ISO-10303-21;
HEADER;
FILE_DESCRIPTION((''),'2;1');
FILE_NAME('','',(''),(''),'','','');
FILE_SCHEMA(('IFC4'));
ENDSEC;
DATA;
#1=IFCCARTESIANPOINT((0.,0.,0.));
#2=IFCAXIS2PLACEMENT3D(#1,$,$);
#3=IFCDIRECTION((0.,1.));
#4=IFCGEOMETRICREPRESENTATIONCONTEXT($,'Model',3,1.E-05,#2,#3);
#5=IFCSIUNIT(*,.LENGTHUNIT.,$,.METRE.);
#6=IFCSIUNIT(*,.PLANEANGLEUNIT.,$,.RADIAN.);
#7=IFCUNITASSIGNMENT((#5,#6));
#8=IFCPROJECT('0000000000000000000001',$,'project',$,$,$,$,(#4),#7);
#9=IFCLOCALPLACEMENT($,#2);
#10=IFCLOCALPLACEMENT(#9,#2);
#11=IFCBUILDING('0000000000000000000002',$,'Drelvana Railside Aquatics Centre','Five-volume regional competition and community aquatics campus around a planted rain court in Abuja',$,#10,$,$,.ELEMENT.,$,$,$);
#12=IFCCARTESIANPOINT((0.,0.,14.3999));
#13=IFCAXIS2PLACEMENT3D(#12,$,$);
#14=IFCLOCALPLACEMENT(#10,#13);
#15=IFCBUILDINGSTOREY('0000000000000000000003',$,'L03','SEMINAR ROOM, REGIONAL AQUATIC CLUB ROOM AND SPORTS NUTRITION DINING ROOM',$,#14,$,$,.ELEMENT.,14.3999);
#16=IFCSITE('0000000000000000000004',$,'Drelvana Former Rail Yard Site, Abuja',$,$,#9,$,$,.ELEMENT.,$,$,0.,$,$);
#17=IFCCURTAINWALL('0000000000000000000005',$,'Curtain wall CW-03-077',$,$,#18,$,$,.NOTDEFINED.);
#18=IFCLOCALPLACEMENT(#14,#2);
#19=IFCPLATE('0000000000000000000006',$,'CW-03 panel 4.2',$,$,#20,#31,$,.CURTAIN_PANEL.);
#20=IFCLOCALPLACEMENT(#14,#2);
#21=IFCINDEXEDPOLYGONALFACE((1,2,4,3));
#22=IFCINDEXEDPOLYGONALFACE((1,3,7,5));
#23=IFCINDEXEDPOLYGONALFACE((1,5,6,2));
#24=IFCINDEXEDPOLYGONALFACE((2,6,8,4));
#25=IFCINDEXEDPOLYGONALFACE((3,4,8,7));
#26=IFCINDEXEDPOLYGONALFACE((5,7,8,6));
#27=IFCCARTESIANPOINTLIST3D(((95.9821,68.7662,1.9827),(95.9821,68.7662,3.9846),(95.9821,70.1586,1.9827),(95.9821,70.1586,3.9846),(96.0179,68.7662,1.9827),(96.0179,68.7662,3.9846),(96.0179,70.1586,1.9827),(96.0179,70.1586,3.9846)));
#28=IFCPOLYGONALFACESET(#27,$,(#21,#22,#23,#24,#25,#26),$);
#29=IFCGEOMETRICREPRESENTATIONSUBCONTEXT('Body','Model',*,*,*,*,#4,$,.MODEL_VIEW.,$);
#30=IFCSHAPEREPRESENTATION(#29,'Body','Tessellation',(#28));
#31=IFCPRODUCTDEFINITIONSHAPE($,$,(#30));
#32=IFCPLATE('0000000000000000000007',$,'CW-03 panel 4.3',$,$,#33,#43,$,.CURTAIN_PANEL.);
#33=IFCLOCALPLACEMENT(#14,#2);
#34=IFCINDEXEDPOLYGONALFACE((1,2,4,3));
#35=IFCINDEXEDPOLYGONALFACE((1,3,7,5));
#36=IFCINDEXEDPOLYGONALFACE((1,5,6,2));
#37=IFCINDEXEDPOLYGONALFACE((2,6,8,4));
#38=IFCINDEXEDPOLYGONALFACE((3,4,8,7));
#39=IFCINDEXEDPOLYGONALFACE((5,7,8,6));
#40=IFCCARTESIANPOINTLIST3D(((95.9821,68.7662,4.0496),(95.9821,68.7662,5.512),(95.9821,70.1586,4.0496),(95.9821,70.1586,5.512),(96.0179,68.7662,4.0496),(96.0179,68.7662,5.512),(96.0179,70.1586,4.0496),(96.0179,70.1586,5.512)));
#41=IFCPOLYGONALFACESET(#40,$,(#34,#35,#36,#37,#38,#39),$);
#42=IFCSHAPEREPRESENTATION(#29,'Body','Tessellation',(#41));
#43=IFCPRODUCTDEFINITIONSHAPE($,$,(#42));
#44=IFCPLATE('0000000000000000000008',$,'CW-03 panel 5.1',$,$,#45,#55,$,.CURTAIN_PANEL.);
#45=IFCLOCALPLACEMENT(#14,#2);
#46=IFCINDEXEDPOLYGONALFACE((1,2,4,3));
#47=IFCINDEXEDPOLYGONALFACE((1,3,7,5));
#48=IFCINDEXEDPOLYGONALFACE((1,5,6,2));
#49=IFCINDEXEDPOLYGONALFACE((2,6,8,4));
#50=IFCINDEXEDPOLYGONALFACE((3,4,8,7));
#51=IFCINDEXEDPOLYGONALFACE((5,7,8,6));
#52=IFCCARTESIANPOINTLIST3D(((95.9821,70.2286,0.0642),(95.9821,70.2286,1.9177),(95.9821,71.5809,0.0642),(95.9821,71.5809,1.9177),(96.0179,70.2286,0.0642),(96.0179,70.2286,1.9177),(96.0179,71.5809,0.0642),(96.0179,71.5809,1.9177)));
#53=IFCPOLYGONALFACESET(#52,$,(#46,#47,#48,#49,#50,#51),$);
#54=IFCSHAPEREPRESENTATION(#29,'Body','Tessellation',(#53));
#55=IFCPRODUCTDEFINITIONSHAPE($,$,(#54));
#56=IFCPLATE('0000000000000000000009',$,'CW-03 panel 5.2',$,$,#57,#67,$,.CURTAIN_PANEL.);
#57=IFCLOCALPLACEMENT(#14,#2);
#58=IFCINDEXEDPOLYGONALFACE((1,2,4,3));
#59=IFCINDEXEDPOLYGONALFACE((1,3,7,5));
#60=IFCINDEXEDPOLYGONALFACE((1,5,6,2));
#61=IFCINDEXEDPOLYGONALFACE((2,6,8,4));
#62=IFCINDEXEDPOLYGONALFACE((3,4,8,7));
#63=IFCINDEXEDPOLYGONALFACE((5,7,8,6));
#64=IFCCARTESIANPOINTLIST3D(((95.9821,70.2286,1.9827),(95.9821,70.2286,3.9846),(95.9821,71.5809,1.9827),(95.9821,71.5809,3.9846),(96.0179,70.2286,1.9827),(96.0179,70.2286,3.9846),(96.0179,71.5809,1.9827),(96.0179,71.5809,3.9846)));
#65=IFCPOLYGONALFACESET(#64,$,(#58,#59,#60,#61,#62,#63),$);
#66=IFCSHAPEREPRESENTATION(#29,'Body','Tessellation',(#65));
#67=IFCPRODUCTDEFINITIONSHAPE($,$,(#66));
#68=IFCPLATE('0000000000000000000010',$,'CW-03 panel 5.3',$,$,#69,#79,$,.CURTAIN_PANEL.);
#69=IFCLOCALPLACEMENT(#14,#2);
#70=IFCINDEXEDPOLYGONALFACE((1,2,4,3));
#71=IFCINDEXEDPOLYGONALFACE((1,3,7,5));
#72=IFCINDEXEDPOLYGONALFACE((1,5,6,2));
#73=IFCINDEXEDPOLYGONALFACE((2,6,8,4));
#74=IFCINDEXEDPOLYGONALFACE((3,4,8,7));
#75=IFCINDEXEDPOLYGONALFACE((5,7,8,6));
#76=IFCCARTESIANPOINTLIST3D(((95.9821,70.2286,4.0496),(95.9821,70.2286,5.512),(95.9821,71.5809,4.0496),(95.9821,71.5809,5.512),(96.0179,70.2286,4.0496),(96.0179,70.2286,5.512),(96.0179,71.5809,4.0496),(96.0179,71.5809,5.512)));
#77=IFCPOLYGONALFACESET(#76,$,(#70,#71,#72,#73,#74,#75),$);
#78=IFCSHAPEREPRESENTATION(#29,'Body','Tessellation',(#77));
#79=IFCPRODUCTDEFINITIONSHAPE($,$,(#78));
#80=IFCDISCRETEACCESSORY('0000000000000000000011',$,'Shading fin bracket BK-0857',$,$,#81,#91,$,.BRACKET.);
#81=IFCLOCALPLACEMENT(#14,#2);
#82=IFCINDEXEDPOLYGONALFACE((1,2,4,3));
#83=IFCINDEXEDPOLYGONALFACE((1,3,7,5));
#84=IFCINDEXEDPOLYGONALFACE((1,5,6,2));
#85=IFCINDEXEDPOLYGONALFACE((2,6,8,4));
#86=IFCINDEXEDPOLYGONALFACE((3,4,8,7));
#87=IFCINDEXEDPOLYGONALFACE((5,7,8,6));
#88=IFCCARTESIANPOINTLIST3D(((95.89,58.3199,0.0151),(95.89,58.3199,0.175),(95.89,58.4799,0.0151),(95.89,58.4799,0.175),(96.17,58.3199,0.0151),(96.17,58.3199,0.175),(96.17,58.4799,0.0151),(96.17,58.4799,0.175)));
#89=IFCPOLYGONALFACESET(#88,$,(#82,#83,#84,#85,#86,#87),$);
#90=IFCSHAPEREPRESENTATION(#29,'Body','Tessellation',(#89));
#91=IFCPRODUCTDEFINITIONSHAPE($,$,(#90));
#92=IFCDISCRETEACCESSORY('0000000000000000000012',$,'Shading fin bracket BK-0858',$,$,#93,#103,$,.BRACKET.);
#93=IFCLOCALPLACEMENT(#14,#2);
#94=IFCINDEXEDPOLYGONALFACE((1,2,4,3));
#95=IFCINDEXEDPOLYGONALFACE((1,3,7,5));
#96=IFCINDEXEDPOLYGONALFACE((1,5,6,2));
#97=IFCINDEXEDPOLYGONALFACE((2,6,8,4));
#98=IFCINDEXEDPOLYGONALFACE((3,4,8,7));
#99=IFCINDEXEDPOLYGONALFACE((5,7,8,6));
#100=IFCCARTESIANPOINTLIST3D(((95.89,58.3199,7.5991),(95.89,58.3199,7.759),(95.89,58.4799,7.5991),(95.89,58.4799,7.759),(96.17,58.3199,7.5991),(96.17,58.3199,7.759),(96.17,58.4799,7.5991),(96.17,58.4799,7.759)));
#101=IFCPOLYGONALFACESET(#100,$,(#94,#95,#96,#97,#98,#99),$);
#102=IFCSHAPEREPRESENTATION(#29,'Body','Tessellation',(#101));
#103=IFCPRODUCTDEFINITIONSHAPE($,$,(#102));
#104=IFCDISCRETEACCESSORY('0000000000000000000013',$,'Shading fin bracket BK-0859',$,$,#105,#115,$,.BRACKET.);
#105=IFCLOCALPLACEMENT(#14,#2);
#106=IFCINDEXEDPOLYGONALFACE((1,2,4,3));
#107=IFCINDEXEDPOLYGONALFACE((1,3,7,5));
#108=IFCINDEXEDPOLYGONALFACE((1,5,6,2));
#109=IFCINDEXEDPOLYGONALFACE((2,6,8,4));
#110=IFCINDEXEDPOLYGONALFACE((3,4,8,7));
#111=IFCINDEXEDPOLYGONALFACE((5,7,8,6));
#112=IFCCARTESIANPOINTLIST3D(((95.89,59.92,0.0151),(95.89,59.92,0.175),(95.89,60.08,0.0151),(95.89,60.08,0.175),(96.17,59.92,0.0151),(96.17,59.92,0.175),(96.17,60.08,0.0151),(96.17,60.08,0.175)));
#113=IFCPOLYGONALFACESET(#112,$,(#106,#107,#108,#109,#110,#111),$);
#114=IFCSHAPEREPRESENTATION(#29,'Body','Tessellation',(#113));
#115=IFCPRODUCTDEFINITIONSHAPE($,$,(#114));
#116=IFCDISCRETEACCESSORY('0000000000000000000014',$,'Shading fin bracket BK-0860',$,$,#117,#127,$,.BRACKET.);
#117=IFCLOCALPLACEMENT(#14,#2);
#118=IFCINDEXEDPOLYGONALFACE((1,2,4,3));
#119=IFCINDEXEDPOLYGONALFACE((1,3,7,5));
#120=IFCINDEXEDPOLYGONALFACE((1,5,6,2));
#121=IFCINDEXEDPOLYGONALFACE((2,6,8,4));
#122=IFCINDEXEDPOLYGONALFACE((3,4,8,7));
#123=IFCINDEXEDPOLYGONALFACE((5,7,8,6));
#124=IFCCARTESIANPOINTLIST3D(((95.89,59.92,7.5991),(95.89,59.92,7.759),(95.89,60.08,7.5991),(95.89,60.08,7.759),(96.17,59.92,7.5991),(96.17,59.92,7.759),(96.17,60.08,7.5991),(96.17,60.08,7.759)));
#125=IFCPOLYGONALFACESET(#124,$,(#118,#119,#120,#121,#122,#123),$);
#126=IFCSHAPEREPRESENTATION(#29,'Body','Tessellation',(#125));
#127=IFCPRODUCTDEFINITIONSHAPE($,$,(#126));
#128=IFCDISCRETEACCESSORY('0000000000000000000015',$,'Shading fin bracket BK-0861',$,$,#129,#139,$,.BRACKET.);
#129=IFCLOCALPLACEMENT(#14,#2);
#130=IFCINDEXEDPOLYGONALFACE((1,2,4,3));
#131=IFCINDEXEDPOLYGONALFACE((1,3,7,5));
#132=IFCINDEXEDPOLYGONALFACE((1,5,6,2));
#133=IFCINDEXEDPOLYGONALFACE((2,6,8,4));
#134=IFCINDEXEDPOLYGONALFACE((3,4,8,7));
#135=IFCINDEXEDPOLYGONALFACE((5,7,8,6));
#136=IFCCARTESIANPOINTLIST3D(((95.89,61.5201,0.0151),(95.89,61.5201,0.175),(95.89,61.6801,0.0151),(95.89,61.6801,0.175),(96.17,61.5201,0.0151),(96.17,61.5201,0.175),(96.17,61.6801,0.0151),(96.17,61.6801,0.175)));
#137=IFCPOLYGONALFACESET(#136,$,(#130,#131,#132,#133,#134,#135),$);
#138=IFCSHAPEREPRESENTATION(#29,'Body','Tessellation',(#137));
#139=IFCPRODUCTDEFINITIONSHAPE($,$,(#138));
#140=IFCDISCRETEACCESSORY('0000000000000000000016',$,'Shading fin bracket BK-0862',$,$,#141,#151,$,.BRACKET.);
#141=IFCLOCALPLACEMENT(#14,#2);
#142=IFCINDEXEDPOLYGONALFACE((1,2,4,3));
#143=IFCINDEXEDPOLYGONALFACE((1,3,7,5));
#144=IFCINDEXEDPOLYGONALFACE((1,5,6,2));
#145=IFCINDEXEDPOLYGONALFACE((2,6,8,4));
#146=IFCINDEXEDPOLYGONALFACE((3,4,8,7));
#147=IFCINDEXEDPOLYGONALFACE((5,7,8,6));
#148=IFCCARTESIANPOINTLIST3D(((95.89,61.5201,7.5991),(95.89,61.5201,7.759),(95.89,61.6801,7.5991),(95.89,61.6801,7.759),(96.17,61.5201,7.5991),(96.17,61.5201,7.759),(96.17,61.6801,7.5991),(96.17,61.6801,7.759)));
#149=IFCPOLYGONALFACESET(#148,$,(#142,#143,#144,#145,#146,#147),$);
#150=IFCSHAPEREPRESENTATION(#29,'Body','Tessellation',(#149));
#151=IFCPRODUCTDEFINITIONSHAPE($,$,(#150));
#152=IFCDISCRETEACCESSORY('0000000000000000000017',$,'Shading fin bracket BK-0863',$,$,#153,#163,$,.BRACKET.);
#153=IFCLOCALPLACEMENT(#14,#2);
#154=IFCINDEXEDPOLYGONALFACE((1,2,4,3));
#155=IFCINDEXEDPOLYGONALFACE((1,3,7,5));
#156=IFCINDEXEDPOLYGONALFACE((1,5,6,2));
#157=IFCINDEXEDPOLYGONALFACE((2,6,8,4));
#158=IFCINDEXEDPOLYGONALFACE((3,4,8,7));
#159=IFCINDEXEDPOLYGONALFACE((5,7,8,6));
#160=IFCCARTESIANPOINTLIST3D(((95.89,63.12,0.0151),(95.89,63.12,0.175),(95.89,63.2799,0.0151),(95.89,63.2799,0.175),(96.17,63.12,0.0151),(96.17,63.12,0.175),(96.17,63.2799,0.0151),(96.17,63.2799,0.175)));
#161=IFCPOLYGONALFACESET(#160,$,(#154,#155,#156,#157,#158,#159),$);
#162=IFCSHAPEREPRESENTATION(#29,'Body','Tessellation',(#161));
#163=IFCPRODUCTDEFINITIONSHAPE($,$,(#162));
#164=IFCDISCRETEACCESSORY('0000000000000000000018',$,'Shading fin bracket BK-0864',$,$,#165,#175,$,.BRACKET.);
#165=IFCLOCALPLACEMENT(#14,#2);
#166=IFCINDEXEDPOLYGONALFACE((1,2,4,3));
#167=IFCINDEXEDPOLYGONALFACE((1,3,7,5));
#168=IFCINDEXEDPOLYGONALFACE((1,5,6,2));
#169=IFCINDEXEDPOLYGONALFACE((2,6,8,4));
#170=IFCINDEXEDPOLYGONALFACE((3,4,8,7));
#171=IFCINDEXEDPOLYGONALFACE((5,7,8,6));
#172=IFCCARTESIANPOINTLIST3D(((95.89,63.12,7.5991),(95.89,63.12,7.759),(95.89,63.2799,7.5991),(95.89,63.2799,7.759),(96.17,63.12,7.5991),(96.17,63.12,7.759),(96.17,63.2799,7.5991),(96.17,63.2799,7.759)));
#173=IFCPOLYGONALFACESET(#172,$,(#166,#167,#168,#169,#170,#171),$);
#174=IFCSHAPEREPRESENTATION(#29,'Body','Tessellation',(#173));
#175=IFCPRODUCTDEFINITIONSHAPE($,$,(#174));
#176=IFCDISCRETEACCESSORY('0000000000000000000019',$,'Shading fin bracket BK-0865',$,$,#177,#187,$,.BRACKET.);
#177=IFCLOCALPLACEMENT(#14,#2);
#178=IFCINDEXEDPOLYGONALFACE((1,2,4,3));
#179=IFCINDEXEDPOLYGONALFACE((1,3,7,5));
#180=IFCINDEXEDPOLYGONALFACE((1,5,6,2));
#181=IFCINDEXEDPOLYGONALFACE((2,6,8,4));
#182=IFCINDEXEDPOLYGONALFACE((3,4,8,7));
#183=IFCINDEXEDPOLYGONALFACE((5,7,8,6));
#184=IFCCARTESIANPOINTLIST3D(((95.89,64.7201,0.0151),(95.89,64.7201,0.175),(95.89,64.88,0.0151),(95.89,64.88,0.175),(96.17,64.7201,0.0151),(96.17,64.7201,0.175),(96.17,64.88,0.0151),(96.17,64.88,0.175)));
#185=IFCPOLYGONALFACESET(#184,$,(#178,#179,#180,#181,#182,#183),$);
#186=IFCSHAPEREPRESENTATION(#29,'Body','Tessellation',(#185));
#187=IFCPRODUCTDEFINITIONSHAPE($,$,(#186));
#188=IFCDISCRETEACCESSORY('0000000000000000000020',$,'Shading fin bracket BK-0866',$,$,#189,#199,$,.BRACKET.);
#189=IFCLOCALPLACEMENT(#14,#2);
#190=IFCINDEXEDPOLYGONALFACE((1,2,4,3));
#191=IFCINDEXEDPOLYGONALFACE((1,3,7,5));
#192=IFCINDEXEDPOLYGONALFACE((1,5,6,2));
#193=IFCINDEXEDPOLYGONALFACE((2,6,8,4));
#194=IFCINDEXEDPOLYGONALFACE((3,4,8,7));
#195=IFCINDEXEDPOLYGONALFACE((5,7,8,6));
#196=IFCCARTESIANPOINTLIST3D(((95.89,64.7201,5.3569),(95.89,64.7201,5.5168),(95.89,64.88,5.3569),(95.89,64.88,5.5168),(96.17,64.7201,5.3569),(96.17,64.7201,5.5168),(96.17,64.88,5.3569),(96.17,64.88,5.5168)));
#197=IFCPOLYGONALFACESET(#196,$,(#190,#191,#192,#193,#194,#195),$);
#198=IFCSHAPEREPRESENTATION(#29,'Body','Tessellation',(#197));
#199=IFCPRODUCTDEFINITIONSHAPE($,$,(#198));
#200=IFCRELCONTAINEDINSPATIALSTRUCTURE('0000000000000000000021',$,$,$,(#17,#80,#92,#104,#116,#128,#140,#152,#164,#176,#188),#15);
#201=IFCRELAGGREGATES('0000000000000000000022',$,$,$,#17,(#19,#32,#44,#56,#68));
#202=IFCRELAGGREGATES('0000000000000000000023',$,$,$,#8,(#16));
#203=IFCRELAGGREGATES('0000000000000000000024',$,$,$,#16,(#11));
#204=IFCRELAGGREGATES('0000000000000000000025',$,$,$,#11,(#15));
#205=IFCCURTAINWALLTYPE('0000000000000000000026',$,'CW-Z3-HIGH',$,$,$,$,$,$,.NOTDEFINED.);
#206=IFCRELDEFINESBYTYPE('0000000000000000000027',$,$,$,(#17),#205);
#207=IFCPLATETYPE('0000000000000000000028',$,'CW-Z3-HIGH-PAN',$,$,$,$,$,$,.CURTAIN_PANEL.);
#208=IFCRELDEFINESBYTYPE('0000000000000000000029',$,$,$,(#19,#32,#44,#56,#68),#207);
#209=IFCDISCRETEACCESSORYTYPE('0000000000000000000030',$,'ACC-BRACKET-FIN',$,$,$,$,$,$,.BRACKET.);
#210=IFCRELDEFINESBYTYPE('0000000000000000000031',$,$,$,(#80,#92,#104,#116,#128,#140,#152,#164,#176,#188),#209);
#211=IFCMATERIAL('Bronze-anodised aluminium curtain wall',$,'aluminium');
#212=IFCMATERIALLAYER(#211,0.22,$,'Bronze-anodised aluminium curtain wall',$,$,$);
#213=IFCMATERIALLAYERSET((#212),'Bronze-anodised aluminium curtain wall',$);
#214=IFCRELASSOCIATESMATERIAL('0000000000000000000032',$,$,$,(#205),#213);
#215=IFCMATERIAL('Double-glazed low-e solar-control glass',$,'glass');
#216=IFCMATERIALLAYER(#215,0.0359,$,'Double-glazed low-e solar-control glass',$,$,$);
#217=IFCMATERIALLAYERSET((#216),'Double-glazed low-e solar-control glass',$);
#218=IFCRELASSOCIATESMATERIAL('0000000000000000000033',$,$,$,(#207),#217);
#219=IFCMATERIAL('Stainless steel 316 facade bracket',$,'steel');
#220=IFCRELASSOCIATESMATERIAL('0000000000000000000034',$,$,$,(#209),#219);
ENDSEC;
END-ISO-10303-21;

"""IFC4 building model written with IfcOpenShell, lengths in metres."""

from ifc_helpers import new_model, si_unit, direction, frame, origin, origin_2d, place, context, subcontext, project, spatial, rectangle, extrude, material, layer, layer_set, type_object, element, aggregate, save


model = new_model("IFC4")

# Units and contexts
model_context = context("Model", 3, precision=1e-05, world=origin(), true_north=direction((0.0, 1.0)))
body_context = subcontext(model_context, "Body", "Model", "MODEL_VIEW")
ifc_project = project(units=[si_unit("LENGTHUNIT", "METRE"), si_unit("PLANEANGLEUNIT", "RADIAN")], contexts=[model_context])

# Site, building, storey
site_placement = place(None, origin())
site = spatial("IfcSite", under=ifc_project, at=site_placement, Name="Drelvana Former Rail Yard Site, Abuja", CompositionType="ELEMENT", RefElevation=0.0)
building_placement = place(site_placement, origin())
building = spatial("IfcBuilding", under=site, at=building_placement, Name="Drelvana Railside Aquatics Centre", Description="Five-volume regional competition and community aquatics campus around a planted rain court in Abuja", CompositionType="ELEMENT")
storey_placement = place(building_placement, frame((0.0, 0.0, 14.3999)))
storey = spatial("IfcBuildingStorey", under=building, at=storey_placement, Name="L03", Description="SEMINAR ROOM, REGIONAL AQUATIC CLUB ROOM AND SPORTS NUTRITION DINING ROOM", CompositionType="ELEMENT", Elevation=14.3999)

# Curtain wall, plates
ifc_material_1 = material(Name="Bronze-anodised aluminium curtain wall", Category="aluminium")
ifc_layer_1 = layer(ifc_material_1, 0.22, Name="Bronze-anodised aluminium curtain wall")
ifc_layer_set_1 = layer_set([ifc_layer_1], Name="Bronze-anodised aluminium curtain wall")
curtain_wall_type = type_object("IfcCurtainWallType", Name="CW-Z3-HIGH", PredefinedType="NOTDEFINED", material=ifc_layer_set_1)
curtain_wall_placement = place(storey_placement, origin())
curtain_wall = element("IfcCurtainWall", 1, at=curtain_wall_placement, inside=storey, type_object=curtain_wall_type, Name="Curtain wall CW-03-077", PredefinedType="NOTDEFINED")
ifc_material_2 = material(Name="Double-glazed low-e solar-control glass", Category="glass")
ifc_layer_2 = layer(ifc_material_2, 0.0359, Name="Double-glazed low-e solar-control glass")
ifc_layer_set_2 = layer_set([ifc_layer_2], Name="Double-glazed low-e solar-control glass")
plate_type = type_object("IfcPlateType", Name="CW-Z3-HIGH-PAN", PredefinedType="CURTAIN_PANEL", material=ifc_layer_set_2)
plate_1_placement = place(storey_placement, frame((96.0, 69.4624, 1.9827), z_axis=(0.0, 0.0, 1.0), x_axis=(0.0, 1.0, 0.0)))
plate_1 = element("IfcPlate", 2, at=plate_1_placement, type_object=plate_type, Name="CW-03 panel 4.2", PredefinedType="CURTAIN_PANEL", context=body_context, shape_type="SweptSolid", body=[
    extrude(rectangle(XDim=1.3923, YDim=0.0359, at=origin_2d()), origin(), (0.0, 0.0, 1.0), 2.002),
])
plate_2_placement = place(storey_placement, frame((96.0, 69.4624, 4.0496), z_axis=(0.0, 0.0, 1.0), x_axis=(0.0, 1.0, 0.0)))
plate_2 = element("IfcPlate", 3, at=plate_2_placement, type_object=plate_type, Name="CW-03 panel 4.3", PredefinedType="CURTAIN_PANEL", context=body_context, shape_type="SweptSolid", body=[
    extrude(rectangle(XDim=1.3923, YDim=0.0359, at=origin_2d()), origin(), (0.0, 0.0, 1.0), 1.4624),
])
plate_3_placement = place(storey_placement, frame((96.0, 70.9048, 0.0642), z_axis=(0.0, 0.0, 1.0), x_axis=(0.0, 1.0, 0.0)))
plate_3 = element("IfcPlate", 4, at=plate_3_placement, type_object=plate_type, Name="CW-03 panel 5.1", PredefinedType="CURTAIN_PANEL", context=body_context, shape_type="SweptSolid", body=[
    extrude(rectangle(XDim=1.3523, YDim=0.0359, at=origin_2d()), origin(), (0.0, 0.0, 1.0), 1.8535),
])
plate_4_placement = place(storey_placement, frame((96.0, 70.9048, 1.9827), z_axis=(0.0, 0.0, 1.0), x_axis=(0.0, 1.0, 0.0)))
plate_4 = element("IfcPlate", 5, at=plate_4_placement, type_object=plate_type, Name="CW-03 panel 5.2", PredefinedType="CURTAIN_PANEL", context=body_context, shape_type="SweptSolid", body=[
    extrude(rectangle(XDim=1.3523, YDim=0.0359, at=origin_2d()), origin(), (0.0, 0.0, 1.0), 2.002),
])
plate_5_placement = place(storey_placement, frame((96.0, 70.9048, 4.0496), z_axis=(0.0, 0.0, 1.0), x_axis=(0.0, 1.0, 0.0)))
plate_5 = element("IfcPlate", 6, at=plate_5_placement, type_object=plate_type, Name="CW-03 panel 5.3", PredefinedType="CURTAIN_PANEL", context=body_context, shape_type="SweptSolid", body=[
    extrude(rectangle(XDim=1.3523, YDim=0.0359, at=origin_2d()), origin(), (0.0, 0.0, 1.0), 1.4624),
])
aggregate(curtain_wall, [plate_1, plate_2, plate_3, plate_4, plate_5])

# Discrete accessories
ifc_material_3 = material(Name="Stainless steel 316 facade bracket", Category="steel")
discrete_accessory_type = type_object("IfcDiscreteAccessoryType", Name="ACC-BRACKET-FIN", PredefinedType="BRACKET", material=ifc_material_3)
for number, where, z_axis, x_axis, name in (
    (7, (96.03, 58.3999, 0.0151), (0.0, 0.0, 1.0), (1.0, 0.0, 0.0), "Shading fin bracket BK-0857"),
    (8, (96.03, 58.3999, 7.5991), (0.0, 0.0, 1.0), (1.0, 0.0, 0.0), "Shading fin bracket BK-0858"),
    (9, (96.03, 60.0, 0.0151), (0.0, 0.0, 1.0), (1.0, 0.0, 0.0), "Shading fin bracket BK-0859"),
    (10, (96.03, 60.0, 7.5991), (0.0, 0.0, 1.0), (1.0, 0.0, 0.0), "Shading fin bracket BK-0860"),
    (11, (96.03, 61.6001, 0.0151), (0.0, 0.0, 1.0), (1.0, 0.0, 0.0), "Shading fin bracket BK-0861"),
    (12, (96.03, 61.6001, 7.5991), (0.0, 0.0, 1.0), (1.0, 0.0, 0.0), "Shading fin bracket BK-0862"),
    (13, (96.03, 63.2, 0.0151), (0.0, 0.0, 1.0), (1.0, 0.0, 0.0), "Shading fin bracket BK-0863"),
    (14, (96.03, 63.2, 7.5991), (0.0, 0.0, 1.0), (1.0, 0.0, 0.0), "Shading fin bracket BK-0864"),
    (15, (96.03, 64.8, 0.0151), (0.0, 0.0, 1.0), (1.0, 0.0, 0.0), "Shading fin bracket BK-0865"),
    (16, (96.03, 64.8, 5.3569), (0.0, 0.0, 1.0), (1.0, 0.0, 0.0), "Shading fin bracket BK-0866"),
):
    element("IfcDiscreteAccessory", number, at=place(storey_placement, frame(where, z_axis=z_axis, x_axis=x_axis)), inside=storey, type_object=discrete_accessory_type, Name=name, PredefinedType="BRACKET", context=body_context, shape_type="SweptSolid", body=[
        extrude(rectangle(XDim=0.28, YDim=0.1599, at=origin_2d()), origin(), (0.0, 0.0, 1.0), 0.1599),
    ])

save(model, "model.ifc")
